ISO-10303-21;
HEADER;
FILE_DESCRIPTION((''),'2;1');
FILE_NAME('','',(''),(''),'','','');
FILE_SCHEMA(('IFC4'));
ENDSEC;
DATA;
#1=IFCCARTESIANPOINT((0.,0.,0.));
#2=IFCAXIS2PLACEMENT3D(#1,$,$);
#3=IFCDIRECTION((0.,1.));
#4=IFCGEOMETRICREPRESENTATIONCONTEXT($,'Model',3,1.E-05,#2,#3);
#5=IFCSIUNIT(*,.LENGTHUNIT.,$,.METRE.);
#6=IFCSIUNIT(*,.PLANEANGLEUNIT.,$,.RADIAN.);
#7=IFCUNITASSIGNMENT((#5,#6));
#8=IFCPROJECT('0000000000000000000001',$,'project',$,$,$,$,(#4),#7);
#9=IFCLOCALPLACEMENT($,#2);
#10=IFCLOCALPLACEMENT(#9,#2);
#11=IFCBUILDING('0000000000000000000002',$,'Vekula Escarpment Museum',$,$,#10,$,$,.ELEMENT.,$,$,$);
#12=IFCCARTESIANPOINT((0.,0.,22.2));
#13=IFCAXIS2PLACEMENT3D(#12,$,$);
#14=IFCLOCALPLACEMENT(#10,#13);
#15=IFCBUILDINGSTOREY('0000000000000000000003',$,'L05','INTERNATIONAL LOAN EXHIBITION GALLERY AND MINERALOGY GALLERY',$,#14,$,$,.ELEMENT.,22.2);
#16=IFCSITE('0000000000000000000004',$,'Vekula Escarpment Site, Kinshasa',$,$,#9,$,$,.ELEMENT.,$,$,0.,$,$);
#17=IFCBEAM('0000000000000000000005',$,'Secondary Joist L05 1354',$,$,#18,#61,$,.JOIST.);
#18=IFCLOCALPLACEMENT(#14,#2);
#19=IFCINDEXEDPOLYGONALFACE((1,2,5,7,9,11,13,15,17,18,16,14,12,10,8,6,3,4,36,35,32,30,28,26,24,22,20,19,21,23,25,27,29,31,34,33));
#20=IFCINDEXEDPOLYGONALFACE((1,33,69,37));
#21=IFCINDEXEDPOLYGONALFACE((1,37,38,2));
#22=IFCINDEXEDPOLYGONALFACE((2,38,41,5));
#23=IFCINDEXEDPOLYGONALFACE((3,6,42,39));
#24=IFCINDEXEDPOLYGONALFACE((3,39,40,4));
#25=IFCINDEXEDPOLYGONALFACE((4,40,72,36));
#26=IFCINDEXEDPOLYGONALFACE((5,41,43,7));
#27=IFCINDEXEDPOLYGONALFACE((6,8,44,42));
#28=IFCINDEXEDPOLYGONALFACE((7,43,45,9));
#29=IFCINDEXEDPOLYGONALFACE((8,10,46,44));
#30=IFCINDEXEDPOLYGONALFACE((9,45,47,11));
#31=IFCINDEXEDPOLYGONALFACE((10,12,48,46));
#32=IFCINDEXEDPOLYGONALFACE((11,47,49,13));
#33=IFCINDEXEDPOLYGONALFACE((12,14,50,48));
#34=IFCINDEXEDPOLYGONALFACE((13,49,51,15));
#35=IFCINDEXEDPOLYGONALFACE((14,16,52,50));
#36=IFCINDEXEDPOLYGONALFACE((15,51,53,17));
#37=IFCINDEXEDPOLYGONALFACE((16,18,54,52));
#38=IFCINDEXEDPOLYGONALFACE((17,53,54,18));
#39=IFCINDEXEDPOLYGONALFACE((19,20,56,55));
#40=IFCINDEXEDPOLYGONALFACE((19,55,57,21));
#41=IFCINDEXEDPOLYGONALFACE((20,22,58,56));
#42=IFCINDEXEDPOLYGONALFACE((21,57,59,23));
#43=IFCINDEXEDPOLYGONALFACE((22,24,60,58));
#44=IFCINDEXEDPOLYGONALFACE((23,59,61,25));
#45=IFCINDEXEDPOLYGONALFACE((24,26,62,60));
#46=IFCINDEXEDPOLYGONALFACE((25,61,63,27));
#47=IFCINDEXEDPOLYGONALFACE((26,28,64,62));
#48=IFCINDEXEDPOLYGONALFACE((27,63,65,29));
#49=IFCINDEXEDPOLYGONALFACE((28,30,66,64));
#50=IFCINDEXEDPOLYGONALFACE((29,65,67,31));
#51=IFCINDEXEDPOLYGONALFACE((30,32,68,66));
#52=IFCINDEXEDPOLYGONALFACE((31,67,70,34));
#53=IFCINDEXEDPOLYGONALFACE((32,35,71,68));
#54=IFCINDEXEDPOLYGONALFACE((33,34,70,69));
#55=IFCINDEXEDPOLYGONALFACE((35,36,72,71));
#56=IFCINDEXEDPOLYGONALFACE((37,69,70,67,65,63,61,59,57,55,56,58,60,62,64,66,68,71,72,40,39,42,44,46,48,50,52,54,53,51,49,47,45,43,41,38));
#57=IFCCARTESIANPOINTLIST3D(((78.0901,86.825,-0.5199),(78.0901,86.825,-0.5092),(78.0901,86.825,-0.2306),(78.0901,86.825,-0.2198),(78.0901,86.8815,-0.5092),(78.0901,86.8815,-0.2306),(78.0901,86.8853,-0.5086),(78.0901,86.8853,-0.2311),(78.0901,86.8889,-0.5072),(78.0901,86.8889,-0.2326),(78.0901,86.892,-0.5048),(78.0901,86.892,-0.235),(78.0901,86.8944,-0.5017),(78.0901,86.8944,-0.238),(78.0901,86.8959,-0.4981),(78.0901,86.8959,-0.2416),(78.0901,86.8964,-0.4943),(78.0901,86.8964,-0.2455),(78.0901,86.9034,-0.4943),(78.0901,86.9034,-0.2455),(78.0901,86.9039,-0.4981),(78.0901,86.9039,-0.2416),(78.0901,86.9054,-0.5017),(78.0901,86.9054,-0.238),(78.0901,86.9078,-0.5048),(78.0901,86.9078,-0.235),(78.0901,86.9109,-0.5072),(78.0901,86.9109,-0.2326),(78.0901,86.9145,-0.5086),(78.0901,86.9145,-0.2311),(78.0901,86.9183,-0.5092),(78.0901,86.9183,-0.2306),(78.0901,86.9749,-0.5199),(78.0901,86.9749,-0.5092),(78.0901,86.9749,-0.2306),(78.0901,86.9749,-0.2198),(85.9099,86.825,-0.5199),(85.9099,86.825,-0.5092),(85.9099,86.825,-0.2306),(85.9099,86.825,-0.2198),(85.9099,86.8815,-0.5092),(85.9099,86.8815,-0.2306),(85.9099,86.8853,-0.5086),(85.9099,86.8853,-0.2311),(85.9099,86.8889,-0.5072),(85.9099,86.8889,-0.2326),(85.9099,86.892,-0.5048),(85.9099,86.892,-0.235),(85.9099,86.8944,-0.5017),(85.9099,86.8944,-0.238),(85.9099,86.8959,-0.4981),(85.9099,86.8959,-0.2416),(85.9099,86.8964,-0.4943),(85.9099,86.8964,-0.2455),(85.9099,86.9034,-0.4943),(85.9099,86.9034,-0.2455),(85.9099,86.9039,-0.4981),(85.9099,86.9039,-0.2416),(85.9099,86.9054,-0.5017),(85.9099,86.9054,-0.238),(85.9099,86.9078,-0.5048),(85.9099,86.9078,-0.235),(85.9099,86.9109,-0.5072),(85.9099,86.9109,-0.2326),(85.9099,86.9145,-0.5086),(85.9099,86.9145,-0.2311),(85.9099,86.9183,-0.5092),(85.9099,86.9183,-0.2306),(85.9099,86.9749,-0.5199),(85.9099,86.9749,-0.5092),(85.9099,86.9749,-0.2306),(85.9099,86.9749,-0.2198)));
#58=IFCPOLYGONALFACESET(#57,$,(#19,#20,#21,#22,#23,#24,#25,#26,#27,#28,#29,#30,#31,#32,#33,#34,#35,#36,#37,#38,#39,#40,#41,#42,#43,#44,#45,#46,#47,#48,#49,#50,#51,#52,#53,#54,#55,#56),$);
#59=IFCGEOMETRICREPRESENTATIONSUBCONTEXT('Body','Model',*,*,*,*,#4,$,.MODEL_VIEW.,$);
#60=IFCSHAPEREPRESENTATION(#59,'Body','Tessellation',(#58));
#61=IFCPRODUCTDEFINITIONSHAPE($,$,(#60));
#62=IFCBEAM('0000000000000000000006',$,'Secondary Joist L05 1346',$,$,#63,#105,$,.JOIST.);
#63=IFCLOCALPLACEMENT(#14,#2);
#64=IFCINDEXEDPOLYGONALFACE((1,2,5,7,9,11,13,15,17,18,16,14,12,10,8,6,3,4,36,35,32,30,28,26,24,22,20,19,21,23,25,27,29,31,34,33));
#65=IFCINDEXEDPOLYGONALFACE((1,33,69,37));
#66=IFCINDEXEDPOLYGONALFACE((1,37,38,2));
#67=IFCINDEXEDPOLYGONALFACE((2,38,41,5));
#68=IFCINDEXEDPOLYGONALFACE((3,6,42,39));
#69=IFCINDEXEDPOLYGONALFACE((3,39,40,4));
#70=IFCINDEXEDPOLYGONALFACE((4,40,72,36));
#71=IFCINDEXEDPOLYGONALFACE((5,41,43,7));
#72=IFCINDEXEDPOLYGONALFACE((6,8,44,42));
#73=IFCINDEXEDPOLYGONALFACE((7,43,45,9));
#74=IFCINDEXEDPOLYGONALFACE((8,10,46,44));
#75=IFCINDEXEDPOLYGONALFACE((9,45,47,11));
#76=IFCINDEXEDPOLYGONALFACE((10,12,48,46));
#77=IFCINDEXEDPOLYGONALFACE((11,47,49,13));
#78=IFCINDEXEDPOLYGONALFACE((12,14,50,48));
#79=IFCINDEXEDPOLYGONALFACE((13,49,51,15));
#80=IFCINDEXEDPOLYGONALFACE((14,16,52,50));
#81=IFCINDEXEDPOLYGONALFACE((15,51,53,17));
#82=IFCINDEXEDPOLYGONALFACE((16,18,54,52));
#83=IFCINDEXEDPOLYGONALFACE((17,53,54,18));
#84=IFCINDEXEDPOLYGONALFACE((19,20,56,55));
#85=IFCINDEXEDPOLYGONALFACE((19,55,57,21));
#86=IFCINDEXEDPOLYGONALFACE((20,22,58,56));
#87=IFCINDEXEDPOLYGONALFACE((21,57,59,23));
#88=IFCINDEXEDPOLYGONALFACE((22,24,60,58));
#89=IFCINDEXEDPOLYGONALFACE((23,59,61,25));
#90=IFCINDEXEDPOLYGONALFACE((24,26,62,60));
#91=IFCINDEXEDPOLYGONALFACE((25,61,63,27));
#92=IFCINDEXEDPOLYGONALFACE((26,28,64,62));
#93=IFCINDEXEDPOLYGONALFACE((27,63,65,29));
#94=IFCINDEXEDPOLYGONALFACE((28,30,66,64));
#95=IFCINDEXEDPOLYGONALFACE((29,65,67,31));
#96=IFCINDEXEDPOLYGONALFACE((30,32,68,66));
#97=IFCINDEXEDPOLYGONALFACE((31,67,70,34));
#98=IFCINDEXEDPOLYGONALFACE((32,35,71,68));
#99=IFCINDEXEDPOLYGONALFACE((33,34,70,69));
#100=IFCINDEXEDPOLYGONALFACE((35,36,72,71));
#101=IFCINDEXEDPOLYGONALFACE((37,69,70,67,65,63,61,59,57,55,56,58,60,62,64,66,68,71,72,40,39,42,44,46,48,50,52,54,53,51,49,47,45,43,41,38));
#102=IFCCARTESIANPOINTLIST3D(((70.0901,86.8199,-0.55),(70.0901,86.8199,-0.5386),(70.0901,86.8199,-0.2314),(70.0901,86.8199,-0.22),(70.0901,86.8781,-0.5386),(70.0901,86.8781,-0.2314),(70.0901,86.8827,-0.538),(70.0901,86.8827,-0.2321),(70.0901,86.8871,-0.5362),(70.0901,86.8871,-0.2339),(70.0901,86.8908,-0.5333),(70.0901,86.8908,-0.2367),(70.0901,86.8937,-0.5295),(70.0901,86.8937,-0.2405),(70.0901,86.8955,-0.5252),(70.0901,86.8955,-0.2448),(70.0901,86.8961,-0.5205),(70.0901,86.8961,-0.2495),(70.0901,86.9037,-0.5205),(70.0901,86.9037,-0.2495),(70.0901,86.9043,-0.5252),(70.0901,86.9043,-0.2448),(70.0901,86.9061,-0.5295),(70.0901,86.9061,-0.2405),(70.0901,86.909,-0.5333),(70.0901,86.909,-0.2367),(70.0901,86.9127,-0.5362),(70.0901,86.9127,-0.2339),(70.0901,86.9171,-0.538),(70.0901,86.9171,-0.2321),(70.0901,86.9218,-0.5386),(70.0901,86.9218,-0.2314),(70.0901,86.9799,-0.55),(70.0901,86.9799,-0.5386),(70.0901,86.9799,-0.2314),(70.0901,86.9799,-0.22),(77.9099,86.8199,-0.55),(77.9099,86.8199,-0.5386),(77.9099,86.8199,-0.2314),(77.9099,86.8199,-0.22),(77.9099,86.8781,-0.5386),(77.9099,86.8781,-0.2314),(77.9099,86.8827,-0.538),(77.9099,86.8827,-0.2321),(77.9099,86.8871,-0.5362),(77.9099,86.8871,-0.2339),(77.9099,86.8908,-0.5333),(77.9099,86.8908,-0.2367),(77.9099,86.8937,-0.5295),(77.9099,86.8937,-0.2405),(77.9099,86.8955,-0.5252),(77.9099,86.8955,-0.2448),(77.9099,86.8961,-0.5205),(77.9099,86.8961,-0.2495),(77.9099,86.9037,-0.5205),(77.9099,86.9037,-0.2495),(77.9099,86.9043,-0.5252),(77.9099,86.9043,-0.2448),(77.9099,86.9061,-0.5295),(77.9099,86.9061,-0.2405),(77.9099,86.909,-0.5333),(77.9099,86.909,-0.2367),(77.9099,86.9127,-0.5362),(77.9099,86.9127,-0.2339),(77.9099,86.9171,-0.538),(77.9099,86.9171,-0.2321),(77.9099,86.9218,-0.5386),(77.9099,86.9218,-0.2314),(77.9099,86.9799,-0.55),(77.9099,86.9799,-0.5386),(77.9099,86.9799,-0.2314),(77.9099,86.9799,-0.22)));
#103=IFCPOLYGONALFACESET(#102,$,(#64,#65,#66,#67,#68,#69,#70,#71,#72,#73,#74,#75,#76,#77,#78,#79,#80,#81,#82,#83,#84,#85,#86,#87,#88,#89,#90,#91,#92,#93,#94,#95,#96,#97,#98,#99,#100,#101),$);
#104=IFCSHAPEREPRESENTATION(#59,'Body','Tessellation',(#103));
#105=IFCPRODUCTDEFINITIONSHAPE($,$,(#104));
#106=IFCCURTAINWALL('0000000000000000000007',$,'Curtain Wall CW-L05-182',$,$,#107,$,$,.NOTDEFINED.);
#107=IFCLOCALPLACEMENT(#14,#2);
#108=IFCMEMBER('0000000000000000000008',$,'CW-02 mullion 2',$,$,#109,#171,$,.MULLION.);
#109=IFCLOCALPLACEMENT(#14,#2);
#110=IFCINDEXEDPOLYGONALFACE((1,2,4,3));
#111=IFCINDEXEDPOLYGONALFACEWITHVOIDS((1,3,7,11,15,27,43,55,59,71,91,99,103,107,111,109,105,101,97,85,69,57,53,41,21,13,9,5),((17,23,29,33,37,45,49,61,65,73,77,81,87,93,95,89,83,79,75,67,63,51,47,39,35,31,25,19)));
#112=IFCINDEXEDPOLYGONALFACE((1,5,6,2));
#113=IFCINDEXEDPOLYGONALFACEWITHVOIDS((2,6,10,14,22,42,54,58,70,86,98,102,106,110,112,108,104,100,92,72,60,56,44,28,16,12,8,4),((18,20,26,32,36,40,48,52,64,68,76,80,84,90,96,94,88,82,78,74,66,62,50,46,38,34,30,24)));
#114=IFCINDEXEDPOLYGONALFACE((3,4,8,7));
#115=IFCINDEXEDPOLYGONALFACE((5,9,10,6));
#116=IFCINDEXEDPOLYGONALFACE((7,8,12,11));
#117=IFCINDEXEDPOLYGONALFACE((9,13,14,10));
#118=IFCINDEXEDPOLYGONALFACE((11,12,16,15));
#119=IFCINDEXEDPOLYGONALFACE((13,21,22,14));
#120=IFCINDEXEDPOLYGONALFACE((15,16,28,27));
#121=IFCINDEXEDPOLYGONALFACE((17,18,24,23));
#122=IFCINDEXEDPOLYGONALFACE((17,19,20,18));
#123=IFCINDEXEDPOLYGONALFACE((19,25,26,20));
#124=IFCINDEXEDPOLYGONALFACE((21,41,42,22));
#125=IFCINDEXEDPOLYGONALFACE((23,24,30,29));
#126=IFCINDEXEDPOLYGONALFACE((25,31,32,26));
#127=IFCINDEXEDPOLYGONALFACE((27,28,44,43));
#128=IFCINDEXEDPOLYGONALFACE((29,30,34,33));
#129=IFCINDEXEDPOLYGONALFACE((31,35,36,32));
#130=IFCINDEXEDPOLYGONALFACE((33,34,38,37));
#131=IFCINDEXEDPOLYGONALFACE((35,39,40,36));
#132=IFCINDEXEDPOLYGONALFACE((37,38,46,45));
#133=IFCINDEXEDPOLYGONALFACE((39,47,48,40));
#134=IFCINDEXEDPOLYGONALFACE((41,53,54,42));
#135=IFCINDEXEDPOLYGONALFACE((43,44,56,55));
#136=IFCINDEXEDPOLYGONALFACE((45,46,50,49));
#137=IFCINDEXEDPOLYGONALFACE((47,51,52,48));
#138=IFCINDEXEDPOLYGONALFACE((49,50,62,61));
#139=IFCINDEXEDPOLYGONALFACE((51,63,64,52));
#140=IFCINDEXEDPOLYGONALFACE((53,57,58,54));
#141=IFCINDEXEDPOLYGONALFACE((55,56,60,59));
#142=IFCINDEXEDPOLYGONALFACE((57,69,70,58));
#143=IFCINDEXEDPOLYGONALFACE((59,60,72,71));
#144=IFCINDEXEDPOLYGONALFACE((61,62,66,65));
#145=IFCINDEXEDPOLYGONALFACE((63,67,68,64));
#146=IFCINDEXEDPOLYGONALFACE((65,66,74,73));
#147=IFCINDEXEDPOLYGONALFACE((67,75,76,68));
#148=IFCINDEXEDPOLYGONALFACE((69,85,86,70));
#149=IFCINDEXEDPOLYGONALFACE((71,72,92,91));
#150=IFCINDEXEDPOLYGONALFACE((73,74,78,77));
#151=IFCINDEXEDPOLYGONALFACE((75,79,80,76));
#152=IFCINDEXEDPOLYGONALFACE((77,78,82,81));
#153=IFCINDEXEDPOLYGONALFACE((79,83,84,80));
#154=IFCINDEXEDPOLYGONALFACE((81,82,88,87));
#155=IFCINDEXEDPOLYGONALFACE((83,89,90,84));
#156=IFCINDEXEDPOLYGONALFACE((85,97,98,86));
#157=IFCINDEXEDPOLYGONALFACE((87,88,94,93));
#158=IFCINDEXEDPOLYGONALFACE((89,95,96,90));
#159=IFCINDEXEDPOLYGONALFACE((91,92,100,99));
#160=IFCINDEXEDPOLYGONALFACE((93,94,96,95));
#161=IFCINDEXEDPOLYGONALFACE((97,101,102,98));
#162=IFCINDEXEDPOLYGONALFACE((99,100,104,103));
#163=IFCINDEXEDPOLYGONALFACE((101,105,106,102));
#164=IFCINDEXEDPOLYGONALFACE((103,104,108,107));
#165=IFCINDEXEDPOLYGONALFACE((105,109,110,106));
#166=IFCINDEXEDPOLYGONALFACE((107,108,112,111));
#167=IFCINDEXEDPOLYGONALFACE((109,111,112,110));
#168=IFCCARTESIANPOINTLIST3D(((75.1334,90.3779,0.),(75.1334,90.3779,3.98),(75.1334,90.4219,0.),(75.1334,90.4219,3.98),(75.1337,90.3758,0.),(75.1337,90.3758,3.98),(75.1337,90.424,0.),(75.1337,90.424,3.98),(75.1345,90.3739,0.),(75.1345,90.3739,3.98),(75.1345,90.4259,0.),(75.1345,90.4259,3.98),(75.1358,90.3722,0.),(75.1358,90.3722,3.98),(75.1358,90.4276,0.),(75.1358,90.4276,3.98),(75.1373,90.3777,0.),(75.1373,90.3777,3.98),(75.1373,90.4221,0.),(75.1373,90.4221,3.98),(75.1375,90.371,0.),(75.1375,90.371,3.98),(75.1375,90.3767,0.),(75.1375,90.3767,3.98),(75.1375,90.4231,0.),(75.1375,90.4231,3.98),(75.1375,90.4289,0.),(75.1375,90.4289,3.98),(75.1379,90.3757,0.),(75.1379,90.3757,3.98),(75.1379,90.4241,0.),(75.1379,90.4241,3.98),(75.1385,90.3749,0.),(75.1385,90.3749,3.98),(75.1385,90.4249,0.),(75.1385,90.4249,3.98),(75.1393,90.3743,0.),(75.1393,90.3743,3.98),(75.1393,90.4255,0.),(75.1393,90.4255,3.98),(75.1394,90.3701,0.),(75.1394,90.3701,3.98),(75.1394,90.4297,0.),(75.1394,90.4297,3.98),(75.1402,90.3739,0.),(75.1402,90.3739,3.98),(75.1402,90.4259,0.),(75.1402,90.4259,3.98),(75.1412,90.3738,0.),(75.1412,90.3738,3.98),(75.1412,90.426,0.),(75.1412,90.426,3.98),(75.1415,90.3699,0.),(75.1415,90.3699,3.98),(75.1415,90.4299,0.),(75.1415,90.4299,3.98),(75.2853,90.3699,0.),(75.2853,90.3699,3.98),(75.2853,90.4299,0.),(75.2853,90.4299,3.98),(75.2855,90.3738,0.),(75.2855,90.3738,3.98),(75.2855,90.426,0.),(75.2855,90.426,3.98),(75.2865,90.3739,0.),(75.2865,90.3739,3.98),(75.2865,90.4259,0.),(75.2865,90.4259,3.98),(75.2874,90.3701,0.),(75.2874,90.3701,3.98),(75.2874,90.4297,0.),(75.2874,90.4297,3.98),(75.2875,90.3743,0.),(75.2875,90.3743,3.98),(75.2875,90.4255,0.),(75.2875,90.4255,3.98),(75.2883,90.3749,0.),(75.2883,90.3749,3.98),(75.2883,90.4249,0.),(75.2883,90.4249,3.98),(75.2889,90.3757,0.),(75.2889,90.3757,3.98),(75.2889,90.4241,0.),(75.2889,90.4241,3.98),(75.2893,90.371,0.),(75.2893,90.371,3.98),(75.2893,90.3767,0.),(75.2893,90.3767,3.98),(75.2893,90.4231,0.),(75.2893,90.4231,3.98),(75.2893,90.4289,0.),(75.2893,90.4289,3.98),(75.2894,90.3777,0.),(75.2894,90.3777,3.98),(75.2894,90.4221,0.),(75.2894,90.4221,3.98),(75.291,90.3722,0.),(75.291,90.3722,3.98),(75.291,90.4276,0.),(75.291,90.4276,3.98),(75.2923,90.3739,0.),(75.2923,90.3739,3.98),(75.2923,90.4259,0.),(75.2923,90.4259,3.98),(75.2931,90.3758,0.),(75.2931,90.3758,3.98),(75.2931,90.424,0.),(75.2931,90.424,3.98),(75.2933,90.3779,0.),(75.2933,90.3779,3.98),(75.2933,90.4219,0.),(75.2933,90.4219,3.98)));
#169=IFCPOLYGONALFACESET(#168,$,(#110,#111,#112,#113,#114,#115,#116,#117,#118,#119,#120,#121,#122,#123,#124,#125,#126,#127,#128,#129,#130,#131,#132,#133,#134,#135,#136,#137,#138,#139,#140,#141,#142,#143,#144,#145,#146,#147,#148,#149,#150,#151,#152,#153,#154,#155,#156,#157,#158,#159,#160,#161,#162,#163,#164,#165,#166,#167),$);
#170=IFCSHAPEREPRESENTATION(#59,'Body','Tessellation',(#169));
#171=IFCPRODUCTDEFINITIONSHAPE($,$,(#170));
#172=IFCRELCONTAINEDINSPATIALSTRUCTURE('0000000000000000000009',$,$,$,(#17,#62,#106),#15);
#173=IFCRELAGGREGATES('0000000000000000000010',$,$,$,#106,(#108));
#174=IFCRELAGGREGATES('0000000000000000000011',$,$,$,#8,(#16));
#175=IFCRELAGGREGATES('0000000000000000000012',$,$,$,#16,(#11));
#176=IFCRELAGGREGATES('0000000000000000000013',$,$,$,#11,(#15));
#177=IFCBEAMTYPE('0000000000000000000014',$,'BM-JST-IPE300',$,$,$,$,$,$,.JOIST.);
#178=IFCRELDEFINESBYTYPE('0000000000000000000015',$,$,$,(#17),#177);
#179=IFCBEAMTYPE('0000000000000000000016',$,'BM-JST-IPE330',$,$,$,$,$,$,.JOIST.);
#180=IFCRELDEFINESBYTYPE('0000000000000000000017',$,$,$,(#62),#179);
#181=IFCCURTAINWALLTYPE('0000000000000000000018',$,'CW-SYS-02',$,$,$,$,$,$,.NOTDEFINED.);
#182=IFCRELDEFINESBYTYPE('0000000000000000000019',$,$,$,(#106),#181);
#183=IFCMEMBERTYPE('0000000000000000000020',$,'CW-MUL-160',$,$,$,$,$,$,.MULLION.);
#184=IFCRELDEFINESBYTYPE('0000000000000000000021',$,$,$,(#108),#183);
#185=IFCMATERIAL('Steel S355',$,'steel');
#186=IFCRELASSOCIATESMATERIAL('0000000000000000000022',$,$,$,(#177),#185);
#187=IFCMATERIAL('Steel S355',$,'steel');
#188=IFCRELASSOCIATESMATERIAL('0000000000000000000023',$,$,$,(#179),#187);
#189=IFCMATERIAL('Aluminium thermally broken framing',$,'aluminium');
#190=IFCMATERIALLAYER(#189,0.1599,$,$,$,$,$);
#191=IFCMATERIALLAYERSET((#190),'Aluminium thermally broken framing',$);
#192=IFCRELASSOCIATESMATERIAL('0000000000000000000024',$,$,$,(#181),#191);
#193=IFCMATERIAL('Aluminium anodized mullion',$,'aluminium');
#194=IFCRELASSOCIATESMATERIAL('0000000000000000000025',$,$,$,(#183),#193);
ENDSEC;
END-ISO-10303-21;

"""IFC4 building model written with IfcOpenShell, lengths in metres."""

from ifc_helpers import new_model, si_unit, direction, frame, origin, origin_2d, place, context, subcontext, project, spatial, hollow_rectangle, i_section, extrude, material, layer, layer_set, material_profile, profile_set, type_object, element, aggregate, save


model = new_model("IFC4")

# Units and contexts
model_context = context("Model", 3, precision=1e-05, world=origin(), true_north=direction((0.0, 1.0)))
body_context = subcontext(model_context, "Body", "Model", "MODEL_VIEW")
ifc_project = project(units=[si_unit("LENGTHUNIT", "METRE"), si_unit("PLANEANGLEUNIT", "RADIAN")], contexts=[model_context])

# Site, building, storey
site_placement = place(None, origin())
site = spatial("IfcSite", under=ifc_project, at=site_placement, Name="Vekula Escarpment Site, Kinshasa", CompositionType="ELEMENT", RefElevation=0.0)
building_placement = place(site_placement, origin())
building = spatial("IfcBuilding", under=site, at=building_placement, Name="Vekula Escarpment Museum", CompositionType="ELEMENT")
storey_placement = place(building_placement, frame((0.0, 0.0, 22.2)))
storey = spatial("IfcBuildingStorey", under=building, at=storey_placement, Name="L05", Description="INTERNATIONAL LOAN EXHIBITION GALLERY AND MINERALOGY GALLERY", CompositionType="ELEMENT", Elevation=22.2)

# Beams
ifc_material_1 = material(Name="Steel S355", Category="steel")
ifc_material_profile_1 = material_profile(ifc_material_1, i_section(OverallWidth=0.1499, OverallDepth=0.3, WebThickness=0.0071, FlangeThickness=0.0107, FilletRadius=0.0149, at=origin_2d()), Name="IPE 300")
ifc_profile_set_1 = profile_set([ifc_material_profile_1], Name="Steel S355")
beam_type_1 = type_object("IfcBeamType", Name="BM-JST-IPE300", PredefinedType="JOIST", material=ifc_profile_set_1)
beam_1_placement = place(storey_placement, frame((78.0901, 86.8999, -0.3699), z_axis=(1.0, 0.0, 0.0), x_axis=(0.0, 1.0, 0.0)))
element("IfcBeam", 1, at=beam_1_placement, inside=storey, type_object=beam_type_1, Name="Secondary Joist L05 1354", PredefinedType="JOIST", context=body_context, shape_type="SweptSolid", body=[
    extrude(i_section(OverallWidth=0.1499, OverallDepth=0.3, WebThickness=0.0071, FlangeThickness=0.0107, FilletRadius=0.0149, at=origin_2d()), origin(), (0.0, 0.0, 1.0), 7.8198),
])
ifc_material_2 = material(Name="Steel S355", Category="steel")
ifc_material_profile_2 = material_profile(ifc_material_2, i_section(OverallWidth=0.1599, OverallDepth=0.3301, WebThickness=0.0076, FlangeThickness=0.0115, FilletRadius=0.0181, at=origin_2d()), Name="IPE 330")
ifc_profile_set_2 = profile_set([ifc_material_profile_2], Name="Steel S355")
beam_type_2 = type_object("IfcBeamType", Name="BM-JST-IPE330", PredefinedType="JOIST", material=ifc_profile_set_2)
beam_2_placement = place(storey_placement, frame((70.0901, 86.8999, -0.385), z_axis=(1.0, 0.0, 0.0), x_axis=(0.0, 1.0, 0.0)))
element("IfcBeam", 2, at=beam_2_placement, inside=storey, type_object=beam_type_2, Name="Secondary Joist L05 1346", PredefinedType="JOIST", context=body_context, shape_type="SweptSolid", body=[
    extrude(i_section(OverallWidth=0.1599, OverallDepth=0.3301, WebThickness=0.0076, FlangeThickness=0.0115, FilletRadius=0.0181, at=origin_2d()), origin(), (0.0, 0.0, 1.0), 7.8198),
])

# Curtain wall, member
ifc_material_3 = material(Name="Aluminium thermally broken framing", Category="aluminium")
ifc_layer_1 = layer(ifc_material_3, 0.1599)
ifc_layer_set_1 = layer_set([ifc_layer_1], Name="Aluminium thermally broken framing")
curtain_wall_type = type_object("IfcCurtainWallType", Name="CW-SYS-02", PredefinedType="NOTDEFINED", material=ifc_layer_set_1)
curtain_wall_placement = place(storey_placement, origin())
curtain_wall = element("IfcCurtainWall", 3, at=curtain_wall_placement, inside=storey, type_object=curtain_wall_type, Name="Curtain Wall CW-L05-182", PredefinedType="NOTDEFINED")
ifc_material_4 = material(Name="Aluminium anodized mullion", Category="aluminium")
ifc_material_profile_3 = material_profile(ifc_material_4, hollow_rectangle(XDim=0.0601, YDim=0.1599, WallThickness=0.0039, InnerFilletRadius=0.0039, OuterFilletRadius=0.0081, at=origin_2d()), Name="ALU 160x60x4")
ifc_profile_set_3 = profile_set([ifc_material_profile_3], Name="Aluminium anodized mullion")
member_type_1 = type_object("IfcMemberType", Name="CW-MUL-160", PredefinedType="MULLION", material=ifc_profile_set_3)
member_1_placement = place(storey_placement, frame((75.2134, 90.3999, 0.0), z_axis=(0.0, 0.0, 1.0), x_axis=(0.0, -1.0, 0.0)))
member_1 = element("IfcMember", 4, at=member_1_placement, type_object=member_type_1, Name="CW-02 mullion 2", PredefinedType="MULLION", context=body_context, shape_type="SweptSolid", body=[
    extrude(hollow_rectangle(XDim=0.0601, YDim=0.1599, WallThickness=0.0039, InnerFilletRadius=0.0039, OuterFilletRadius=0.0081, at=origin_2d()), origin(), (0.0, 0.0, 1.0), 3.98),
])
aggregate(curtain_wall, [member_1])

save(model, "model.ifc")
